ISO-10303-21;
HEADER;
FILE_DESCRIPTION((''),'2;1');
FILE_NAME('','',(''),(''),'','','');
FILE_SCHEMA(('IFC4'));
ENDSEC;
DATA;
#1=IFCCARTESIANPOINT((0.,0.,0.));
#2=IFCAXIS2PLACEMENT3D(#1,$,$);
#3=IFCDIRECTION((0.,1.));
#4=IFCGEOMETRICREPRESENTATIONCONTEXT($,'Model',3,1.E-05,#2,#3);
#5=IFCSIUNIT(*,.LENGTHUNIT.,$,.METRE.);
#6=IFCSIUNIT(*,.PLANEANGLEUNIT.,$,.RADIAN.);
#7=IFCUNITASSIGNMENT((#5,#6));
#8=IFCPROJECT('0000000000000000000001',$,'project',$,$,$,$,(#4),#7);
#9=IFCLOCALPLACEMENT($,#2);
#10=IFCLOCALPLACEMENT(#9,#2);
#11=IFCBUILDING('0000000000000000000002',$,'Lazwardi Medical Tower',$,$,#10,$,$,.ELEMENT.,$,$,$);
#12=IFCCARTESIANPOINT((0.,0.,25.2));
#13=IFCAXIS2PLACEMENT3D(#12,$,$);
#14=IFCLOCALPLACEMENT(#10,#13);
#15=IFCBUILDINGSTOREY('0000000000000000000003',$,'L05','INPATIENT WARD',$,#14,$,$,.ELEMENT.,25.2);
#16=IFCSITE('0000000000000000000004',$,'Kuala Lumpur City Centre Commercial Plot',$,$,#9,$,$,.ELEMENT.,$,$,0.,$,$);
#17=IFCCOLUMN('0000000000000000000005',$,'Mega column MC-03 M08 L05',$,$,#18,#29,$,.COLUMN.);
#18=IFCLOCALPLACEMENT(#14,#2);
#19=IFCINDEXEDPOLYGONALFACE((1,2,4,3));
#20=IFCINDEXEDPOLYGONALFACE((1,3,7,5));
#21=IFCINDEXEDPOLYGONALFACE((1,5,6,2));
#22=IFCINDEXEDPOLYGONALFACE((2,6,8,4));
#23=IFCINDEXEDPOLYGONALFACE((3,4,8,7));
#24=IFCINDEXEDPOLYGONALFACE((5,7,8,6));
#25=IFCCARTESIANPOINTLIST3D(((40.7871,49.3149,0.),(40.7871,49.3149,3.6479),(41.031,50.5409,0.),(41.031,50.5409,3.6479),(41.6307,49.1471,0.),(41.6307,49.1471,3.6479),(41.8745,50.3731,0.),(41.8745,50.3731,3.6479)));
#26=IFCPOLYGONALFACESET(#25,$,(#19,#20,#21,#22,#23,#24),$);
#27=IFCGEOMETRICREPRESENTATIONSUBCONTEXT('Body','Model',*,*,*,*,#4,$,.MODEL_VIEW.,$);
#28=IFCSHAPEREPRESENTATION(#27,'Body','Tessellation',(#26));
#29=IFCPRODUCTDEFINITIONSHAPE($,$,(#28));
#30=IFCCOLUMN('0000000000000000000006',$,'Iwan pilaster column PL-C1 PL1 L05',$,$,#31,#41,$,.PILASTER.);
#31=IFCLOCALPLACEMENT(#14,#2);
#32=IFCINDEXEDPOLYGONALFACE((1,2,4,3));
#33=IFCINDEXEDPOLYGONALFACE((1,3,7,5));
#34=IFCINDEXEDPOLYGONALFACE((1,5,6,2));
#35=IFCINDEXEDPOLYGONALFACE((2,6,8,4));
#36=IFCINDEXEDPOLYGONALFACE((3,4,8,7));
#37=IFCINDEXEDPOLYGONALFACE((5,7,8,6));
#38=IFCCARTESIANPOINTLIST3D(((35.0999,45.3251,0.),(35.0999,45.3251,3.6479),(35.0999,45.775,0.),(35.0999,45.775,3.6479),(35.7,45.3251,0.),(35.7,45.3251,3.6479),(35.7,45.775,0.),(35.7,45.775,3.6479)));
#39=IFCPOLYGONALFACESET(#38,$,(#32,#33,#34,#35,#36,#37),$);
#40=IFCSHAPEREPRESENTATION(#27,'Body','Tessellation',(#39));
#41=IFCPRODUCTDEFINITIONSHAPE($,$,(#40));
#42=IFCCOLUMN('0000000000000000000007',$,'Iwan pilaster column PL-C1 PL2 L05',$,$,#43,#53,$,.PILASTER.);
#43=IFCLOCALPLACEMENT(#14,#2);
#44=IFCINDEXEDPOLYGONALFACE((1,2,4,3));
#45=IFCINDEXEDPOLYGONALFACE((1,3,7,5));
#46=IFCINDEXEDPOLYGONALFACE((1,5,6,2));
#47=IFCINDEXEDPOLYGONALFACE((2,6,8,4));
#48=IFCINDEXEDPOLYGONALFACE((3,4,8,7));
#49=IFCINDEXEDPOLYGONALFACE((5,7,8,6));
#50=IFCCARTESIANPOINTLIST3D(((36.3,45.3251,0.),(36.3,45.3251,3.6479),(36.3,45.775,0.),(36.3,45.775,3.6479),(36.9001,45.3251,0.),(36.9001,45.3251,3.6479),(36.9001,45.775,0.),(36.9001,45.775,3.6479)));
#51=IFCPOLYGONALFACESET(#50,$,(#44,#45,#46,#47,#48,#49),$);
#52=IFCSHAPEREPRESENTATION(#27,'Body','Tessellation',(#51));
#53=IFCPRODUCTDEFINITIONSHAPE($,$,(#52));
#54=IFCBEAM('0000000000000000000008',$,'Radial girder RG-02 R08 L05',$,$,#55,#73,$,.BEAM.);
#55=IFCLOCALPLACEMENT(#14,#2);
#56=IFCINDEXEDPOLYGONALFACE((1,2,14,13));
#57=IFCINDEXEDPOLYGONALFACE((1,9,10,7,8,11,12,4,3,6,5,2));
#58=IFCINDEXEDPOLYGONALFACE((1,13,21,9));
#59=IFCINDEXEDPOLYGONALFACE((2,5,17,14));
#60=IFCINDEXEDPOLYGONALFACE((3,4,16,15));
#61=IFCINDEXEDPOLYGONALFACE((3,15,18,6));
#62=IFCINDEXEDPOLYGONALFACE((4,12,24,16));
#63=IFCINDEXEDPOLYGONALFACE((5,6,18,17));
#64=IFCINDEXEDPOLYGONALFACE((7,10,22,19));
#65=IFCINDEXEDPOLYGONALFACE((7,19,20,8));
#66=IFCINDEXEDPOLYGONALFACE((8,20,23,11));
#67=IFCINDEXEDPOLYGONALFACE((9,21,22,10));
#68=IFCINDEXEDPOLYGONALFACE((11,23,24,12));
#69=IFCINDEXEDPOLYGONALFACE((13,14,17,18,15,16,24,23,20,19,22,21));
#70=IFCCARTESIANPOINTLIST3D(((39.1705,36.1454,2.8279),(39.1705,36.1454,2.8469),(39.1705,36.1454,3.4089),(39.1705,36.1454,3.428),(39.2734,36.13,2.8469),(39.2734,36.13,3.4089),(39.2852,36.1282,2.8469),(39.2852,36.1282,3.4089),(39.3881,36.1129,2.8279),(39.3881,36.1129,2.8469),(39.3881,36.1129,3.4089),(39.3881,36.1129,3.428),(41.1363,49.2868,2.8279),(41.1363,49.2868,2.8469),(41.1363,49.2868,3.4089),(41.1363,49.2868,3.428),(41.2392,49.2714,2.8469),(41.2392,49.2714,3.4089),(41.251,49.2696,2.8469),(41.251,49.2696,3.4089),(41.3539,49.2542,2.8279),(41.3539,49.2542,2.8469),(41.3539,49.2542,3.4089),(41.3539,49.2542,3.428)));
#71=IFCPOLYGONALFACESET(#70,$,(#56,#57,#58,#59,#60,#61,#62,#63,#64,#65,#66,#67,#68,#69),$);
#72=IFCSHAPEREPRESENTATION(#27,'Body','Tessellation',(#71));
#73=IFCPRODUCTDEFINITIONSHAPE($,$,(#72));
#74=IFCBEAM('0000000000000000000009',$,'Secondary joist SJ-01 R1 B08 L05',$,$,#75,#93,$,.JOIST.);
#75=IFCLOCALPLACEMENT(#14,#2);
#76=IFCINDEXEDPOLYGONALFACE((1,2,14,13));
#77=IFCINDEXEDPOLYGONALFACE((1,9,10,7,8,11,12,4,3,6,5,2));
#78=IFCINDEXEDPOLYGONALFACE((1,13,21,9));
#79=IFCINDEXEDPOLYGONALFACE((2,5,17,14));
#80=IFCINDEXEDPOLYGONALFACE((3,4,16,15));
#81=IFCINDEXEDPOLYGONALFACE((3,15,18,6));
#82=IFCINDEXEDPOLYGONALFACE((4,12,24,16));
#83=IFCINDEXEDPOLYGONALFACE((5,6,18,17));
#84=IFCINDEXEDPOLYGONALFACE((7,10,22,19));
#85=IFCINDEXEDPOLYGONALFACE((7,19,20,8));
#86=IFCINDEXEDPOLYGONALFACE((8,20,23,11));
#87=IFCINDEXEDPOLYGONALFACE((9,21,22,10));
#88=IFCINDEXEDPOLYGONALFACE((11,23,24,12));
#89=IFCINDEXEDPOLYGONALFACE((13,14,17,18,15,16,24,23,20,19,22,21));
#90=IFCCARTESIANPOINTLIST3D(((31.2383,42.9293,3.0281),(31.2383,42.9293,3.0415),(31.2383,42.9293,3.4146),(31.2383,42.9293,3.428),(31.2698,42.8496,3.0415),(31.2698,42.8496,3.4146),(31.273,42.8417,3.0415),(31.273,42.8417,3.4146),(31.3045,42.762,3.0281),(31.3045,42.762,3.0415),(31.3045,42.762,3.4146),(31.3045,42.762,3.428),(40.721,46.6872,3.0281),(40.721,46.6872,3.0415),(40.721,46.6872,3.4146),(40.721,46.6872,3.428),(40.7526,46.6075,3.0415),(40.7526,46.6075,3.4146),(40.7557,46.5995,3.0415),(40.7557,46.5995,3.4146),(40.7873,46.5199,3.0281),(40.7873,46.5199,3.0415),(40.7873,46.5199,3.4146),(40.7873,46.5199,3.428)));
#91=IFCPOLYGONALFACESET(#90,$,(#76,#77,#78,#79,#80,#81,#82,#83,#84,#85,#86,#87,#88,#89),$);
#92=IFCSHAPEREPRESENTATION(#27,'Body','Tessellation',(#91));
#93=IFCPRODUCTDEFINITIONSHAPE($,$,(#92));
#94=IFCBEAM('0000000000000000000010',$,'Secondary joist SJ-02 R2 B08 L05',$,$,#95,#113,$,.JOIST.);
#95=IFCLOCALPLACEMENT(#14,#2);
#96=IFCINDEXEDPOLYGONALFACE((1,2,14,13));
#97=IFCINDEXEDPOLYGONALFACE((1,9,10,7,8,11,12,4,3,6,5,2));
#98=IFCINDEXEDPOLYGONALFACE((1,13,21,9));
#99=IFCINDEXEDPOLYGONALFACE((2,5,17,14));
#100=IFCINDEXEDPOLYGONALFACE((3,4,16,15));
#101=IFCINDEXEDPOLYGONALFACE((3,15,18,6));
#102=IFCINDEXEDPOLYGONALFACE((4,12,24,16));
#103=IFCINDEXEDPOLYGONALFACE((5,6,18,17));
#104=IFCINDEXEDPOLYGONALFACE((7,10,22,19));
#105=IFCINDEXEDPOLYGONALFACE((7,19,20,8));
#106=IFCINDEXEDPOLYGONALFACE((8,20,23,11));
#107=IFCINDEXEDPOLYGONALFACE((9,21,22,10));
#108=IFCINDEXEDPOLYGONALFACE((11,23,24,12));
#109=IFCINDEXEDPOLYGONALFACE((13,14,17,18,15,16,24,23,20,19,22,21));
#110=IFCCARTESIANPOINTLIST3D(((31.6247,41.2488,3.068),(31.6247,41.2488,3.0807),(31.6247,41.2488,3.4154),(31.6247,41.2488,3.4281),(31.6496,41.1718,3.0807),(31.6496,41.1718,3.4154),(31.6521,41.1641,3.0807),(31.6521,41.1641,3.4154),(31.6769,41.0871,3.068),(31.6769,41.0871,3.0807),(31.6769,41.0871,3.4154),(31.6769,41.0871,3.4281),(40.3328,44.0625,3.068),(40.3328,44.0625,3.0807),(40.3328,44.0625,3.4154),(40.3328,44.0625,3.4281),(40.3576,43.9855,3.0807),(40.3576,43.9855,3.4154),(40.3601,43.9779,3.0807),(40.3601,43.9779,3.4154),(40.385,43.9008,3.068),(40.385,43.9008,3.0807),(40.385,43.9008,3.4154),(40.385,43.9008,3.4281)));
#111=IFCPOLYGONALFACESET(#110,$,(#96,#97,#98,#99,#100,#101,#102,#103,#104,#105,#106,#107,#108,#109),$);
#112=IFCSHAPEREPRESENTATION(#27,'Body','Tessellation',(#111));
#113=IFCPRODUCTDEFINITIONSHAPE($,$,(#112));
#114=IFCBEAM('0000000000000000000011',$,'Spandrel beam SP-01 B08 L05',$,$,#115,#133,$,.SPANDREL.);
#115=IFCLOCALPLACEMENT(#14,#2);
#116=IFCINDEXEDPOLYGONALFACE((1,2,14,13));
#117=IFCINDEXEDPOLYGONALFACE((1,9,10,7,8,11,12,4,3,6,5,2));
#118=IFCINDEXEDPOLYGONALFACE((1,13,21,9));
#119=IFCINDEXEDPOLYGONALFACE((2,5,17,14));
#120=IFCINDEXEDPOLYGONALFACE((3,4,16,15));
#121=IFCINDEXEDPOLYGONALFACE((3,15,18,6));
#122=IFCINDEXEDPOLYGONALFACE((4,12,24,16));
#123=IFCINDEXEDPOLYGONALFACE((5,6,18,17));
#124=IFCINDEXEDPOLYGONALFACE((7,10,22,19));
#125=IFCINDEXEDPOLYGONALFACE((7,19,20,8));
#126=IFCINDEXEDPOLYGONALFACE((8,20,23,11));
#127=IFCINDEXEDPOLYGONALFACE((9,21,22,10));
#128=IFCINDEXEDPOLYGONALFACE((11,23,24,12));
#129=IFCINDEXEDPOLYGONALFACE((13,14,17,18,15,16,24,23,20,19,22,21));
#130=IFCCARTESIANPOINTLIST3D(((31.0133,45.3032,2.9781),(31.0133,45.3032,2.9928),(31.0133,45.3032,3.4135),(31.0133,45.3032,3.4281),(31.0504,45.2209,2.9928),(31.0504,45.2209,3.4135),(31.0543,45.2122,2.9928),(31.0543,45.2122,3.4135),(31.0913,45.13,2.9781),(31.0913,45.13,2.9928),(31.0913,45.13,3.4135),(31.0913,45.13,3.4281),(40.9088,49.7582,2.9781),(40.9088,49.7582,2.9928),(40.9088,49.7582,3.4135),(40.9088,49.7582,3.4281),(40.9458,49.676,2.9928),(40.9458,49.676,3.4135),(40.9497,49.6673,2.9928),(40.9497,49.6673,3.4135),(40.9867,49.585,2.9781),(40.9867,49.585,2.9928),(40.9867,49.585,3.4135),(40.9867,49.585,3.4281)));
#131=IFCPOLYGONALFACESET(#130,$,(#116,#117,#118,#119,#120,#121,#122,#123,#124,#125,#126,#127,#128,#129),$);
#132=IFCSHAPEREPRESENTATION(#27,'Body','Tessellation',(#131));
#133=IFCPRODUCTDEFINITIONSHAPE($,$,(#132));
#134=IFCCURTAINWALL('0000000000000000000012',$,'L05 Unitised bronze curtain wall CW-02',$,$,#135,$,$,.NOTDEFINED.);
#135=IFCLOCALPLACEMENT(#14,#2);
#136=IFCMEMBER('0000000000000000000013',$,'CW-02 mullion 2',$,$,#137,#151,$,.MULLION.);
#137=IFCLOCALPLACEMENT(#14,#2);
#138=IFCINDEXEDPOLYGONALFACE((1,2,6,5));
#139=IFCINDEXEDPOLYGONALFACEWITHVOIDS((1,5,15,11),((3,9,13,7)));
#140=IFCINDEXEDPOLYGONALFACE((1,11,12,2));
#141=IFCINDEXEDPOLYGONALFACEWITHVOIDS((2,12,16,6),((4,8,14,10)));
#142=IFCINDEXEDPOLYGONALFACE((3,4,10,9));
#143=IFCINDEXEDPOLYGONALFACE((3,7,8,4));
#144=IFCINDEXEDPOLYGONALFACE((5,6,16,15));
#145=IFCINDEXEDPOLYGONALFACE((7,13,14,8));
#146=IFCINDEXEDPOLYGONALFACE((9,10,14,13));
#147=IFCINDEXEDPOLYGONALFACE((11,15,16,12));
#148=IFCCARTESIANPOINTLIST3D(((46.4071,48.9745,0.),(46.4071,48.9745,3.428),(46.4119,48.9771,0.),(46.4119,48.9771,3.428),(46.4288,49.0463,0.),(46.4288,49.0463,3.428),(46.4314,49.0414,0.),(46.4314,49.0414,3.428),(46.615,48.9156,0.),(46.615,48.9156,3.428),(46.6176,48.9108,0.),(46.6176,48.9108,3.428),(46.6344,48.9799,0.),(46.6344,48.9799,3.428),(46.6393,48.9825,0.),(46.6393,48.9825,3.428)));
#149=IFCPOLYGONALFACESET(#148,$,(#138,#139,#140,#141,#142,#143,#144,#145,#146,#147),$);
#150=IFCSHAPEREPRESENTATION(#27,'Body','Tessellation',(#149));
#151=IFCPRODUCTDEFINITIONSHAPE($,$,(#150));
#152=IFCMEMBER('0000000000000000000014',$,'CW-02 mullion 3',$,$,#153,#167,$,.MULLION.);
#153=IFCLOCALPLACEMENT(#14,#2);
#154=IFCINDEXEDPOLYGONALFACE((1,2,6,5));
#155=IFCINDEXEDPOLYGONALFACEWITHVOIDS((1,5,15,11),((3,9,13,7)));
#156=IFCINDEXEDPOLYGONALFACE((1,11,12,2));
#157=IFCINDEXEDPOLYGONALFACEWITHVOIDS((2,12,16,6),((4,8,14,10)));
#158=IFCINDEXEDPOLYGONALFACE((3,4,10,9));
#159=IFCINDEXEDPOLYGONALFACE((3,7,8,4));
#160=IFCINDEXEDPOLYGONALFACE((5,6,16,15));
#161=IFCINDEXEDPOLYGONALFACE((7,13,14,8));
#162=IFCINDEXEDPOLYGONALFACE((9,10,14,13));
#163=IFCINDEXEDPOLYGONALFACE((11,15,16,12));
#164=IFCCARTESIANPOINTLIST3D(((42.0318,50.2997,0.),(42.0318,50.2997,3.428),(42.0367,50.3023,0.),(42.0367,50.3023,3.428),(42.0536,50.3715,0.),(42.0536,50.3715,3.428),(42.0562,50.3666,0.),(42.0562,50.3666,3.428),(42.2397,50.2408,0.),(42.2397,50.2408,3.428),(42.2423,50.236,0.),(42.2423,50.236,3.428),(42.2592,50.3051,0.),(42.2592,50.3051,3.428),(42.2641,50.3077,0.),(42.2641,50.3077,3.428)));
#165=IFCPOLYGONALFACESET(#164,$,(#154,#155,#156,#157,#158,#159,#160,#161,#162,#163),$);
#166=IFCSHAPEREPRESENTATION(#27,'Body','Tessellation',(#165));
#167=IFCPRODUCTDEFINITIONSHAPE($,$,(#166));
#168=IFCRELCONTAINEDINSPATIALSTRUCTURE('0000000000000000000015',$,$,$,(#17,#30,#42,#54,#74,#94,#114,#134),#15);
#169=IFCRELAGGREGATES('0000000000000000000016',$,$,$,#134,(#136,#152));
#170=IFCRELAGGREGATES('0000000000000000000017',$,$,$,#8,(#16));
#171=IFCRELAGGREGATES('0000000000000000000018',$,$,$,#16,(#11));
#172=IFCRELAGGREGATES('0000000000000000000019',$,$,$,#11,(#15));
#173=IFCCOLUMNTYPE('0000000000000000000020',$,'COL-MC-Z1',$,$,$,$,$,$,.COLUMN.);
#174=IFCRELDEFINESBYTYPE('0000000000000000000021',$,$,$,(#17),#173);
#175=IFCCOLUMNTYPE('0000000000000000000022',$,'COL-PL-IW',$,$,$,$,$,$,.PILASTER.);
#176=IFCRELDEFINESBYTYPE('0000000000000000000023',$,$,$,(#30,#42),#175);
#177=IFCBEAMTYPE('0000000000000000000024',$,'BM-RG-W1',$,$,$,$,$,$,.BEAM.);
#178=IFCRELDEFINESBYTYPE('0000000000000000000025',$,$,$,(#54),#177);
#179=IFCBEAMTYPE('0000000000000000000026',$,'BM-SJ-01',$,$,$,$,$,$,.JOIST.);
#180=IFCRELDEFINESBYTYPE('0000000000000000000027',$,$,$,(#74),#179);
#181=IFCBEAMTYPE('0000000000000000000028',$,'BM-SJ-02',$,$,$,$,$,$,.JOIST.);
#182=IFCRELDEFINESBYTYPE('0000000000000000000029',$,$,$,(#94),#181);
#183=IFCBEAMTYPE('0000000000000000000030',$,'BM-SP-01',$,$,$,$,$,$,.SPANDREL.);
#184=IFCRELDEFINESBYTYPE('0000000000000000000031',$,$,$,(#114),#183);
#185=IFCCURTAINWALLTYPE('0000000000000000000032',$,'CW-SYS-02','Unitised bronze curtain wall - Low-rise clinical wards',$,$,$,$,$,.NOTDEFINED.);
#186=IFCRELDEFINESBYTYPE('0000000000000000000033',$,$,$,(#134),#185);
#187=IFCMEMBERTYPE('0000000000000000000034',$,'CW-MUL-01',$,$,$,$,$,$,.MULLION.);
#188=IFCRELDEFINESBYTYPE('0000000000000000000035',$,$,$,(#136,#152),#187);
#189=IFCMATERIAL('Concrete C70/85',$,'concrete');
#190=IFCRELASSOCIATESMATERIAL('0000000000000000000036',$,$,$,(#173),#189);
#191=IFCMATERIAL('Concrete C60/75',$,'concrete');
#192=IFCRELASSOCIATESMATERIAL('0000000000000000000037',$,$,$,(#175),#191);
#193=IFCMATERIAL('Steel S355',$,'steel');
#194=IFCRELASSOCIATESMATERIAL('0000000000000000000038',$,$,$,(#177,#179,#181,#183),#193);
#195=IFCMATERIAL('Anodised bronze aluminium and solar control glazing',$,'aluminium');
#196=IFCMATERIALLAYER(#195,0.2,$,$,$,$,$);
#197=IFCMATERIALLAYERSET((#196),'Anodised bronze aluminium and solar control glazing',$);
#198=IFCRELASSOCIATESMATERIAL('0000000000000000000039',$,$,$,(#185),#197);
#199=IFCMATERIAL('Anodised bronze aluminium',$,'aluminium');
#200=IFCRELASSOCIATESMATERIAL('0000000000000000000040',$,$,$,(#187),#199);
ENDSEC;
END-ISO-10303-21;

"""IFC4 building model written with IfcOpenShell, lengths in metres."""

from ifc_helpers import new_model, si_unit, direction, frame, origin, origin_2d, place, context, subcontext, project, spatial, rectangle, hollow_rectangle, i_section, extrude, material, layer, layer_set, material_profile, profile_set, type_object, element, aggregate, save


model = new_model("IFC4")

# Units and contexts
model_context = context("Model", 3, precision=1e-05, world=origin(), true_north=direction((0.0, 1.0)))
body_context = subcontext(model_context, "Body", "Model", "MODEL_VIEW")
ifc_project = project(units=[si_unit("LENGTHUNIT", "METRE"), si_unit("PLANEANGLEUNIT", "RADIAN")], contexts=[model_context])

# Site, building, storey
site_placement = place(None, origin())
site = spatial("IfcSite", under=ifc_project, at=site_placement, Name="Kuala Lumpur City Centre Commercial Plot", CompositionType="ELEMENT", RefElevation=0.0)
building_placement = place(site_placement, origin())
building = spatial("IfcBuilding", under=site, at=building_placement, Name="Lazwardi Medical Tower", CompositionType="ELEMENT")
storey_placement = place(building_placement, frame((0.0, 0.0, 25.2)))
storey = spatial("IfcBuildingStorey", under=building, at=storey_placement, Name="L05", Description="INPATIENT WARD", CompositionType="ELEMENT", Elevation=25.2)

# Columns
ifc_material_1 = material(Name="Concrete C70/85", Category="concrete")
ifc_material_profile_1 = material_profile(ifc_material_1, rectangle(XDim=1.25, YDim=0.8601, at=origin_2d()), Name="CFT-RECT 1250x860")
ifc_profile_set_1 = profile_set([ifc_material_profile_1], Name="Concrete C70/85")
column_type_1 = type_object("IfcColumnType", Name="COL-MC-Z1", PredefinedType="COLUMN", material=ifc_profile_set_1)
column_placement = place(storey_placement, frame((41.3308, 49.844, 0.0), z_axis=(0.0, 0.0, 1.0), x_axis=(0.19509, 0.980785, 0.0)))
element("IfcColumn", 1, at=column_placement, inside=storey, type_object=column_type_1, Name="Mega column MC-03 M08 L05", PredefinedType="COLUMN", context=body_context, shape_type="SweptSolid", body=[
    extrude(rectangle(XDim=1.25, YDim=0.8601, at=origin_2d()), origin(), (0.0, 0.0, 1.0), 3.6479),
])
ifc_material_2 = material(Name="Concrete C60/75", Category="concrete")
ifc_material_profile_2 = material_profile(ifc_material_2, rectangle(XDim=0.6001, YDim=0.45, at=origin_2d()), Name="RC 600x450")
ifc_profile_set_2 = profile_set([ifc_material_profile_2], Name="Concrete C60/75")
column_type_2 = type_object("IfcColumnType", Name="COL-PL-IW", PredefinedType="PILASTER", material=ifc_profile_set_2)
for number, where, z_axis, x_axis, name in (
    (2, (35.3999, 45.55, 0.0), (0.0, 0.0, 1.0), (1.0, 0.0, 0.0), "Iwan pilaster column PL-C1 PL1 L05"),
    (3, (36.6001, 45.55, 0.0), (0.0, 0.0, 1.0), (1.0, 0.0, 0.0), "Iwan pilaster column PL-C1 PL2 L05"),
):
    element("IfcColumn", number, at=place(storey_placement, frame(where, z_axis=z_axis, x_axis=x_axis)), inside=storey, type_object=column_type_2, Name=name, PredefinedType="PILASTER", context=body_context, shape_type="SweptSolid", body=[
        extrude(rectangle(XDim=0.6001, YDim=0.45, at=origin_2d()), origin(), (0.0, 0.0, 1.0), 3.6479),
    ])

# Beams
ifc_material_3 = material(Name="Steel S355", Category="steel")
ifc_material_profile_3 = material_profile(ifc_material_3, i_section(OverallWidth=0.22, OverallDepth=0.6001, WebThickness=0.012, FlangeThickness=0.019, at=origin_2d()), Name="IPE 600")
ifc_profile_set_3 = profile_set([ifc_material_profile_3], Name="Steel S355")
beam_type_1 = type_object("IfcBeamType", Name="BM-RG-W1", PredefinedType="BEAM", material=ifc_profile_set_3)
beam_1_placement = place(storey_placement, frame((41.2451, 49.2705, 3.1279), z_axis=(-0.147944, -0.988996, 0.0), x_axis=(0.988996, -0.147944, 0.0)))
element("IfcBeam", 4, at=beam_1_placement, inside=storey, type_object=beam_type_1, Name="Radial girder RG-02 R08 L05", PredefinedType="BEAM", context=body_context, shape_type="SweptSolid", body=[
    extrude(i_section(OverallWidth=0.22, OverallDepth=0.6001, WebThickness=0.012, FlangeThickness=0.019, at=origin_2d()), origin(), (0.0, 0.0, 1.0), 13.2876),
])
ifc_material_profile_4 = material_profile(ifc_material_3, i_section(OverallWidth=0.1799, OverallDepth=0.3999, WebThickness=0.0085, FlangeThickness=0.0134, at=origin_2d()), Name="IPE 400")
ifc_profile_set_4 = profile_set([ifc_material_profile_4], Name="Steel S355")
beam_type_2 = type_object("IfcBeamType", Name="BM-SJ-01", PredefinedType="JOIST", material=ifc_profile_set_4)
beam_2_placement = place(storey_placement, frame((40.7542, 46.6035, 3.228), z_axis=(-0.929664, -0.368409, 0.0), x_axis=(0.368409, -0.929664, 0.0)))
element("IfcBeam", 5, at=beam_2_placement, inside=storey, type_object=beam_type_2, Name="Secondary joist SJ-01 R1 B08 L05", PredefinedType="JOIST", context=body_context, shape_type="SweptSolid", body=[
    extrude(i_section(OverallWidth=0.1799, OverallDepth=0.3999, WebThickness=0.0085, FlangeThickness=0.0134, at=origin_2d()), origin(), (0.0, 0.0, 1.0), 10.2002),
])
ifc_material_profile_5 = material_profile(ifc_material_3, i_section(OverallWidth=0.1699, OverallDepth=0.3601, WebThickness=0.0081, FlangeThickness=0.0127, at=origin_2d()), Name="IPE 360")
ifc_profile_set_5 = profile_set([ifc_material_profile_5], Name="Steel S355")
beam_type_3 = type_object("IfcBeamType", Name="BM-SJ-02", PredefinedType="JOIST", material=ifc_profile_set_5)
beam_3_placement = place(storey_placement, frame((40.3589, 43.9817, 3.248), z_axis=(-0.951559, -0.307467, 0.0), x_axis=(0.307467, -0.951559, 0.0)))
element("IfcBeam", 6, at=beam_3_placement, inside=storey, type_object=beam_type_3, Name="Secondary joist SJ-02 R2 B08 L05", PredefinedType="JOIST", context=body_context, shape_type="SweptSolid", body=[
    extrude(i_section(OverallWidth=0.1699, OverallDepth=0.3601, WebThickness=0.0081, FlangeThickness=0.0127, at=origin_2d()), origin(), (0.0, 0.0, 1.0), 9.1514),
])
ifc_material_profile_6 = material_profile(ifc_material_3, i_section(OverallWidth=0.1899, OverallDepth=0.45, WebThickness=0.0095, FlangeThickness=0.0146, at=origin_2d()), Name="IPE 450")
ifc_profile_set_6 = profile_set([ifc_material_profile_6], Name="Steel S355")
beam_type_4 = type_object("IfcBeamType", Name="BM-SP-01", PredefinedType="SPANDREL", material=ifc_profile_set_6)
beam_4_placement = place(storey_placement, frame((40.9478, 49.6716, 3.2031), z_axis=(-0.911849, -0.410526, 0.0), x_axis=(0.410526, -0.911849, 0.0)))
element("IfcBeam", 7, at=beam_4_placement, inside=storey, type_object=beam_type_4, Name="Spandrel beam SP-01 B08 L05", PredefinedType="SPANDREL", context=body_context, shape_type="SweptSolid", body=[
    extrude(i_section(OverallWidth=0.1899, OverallDepth=0.45, WebThickness=0.0095, FlangeThickness=0.0146, at=origin_2d()), origin(), (0.0, 0.0, 1.0), 10.8521),
])

# Curtain wall, members
ifc_material_4 = material(Name="Anodised bronze aluminium and solar control glazing", Category="aluminium")
ifc_layer_1 = layer(ifc_material_4, 0.2)
ifc_layer_set_1 = layer_set([ifc_layer_1], Name="Anodised bronze aluminium and solar control glazing")
curtain_wall_type = type_object("IfcCurtainWallType", Name="CW-SYS-02", Description="Unitised bronze curtain wall - Low-rise clinical wards", PredefinedType="NOTDEFINED", material=ifc_layer_set_1)
curtain_wall_placement = place(storey_placement, origin())
curtain_wall = element("IfcCurtainWall", 8, at=curtain_wall_placement, inside=storey, type_object=curtain_wall_type, Name="L05 Unitised bronze curtain wall CW-02", PredefinedType="NOTDEFINED")
ifc_material_5 = material(Name="Anodised bronze aluminium", Category="aluminium")
ifc_material_profile_7 = material_profile(ifc_material_5, hollow_rectangle(XDim=0.075, YDim=0.22, WallThickness=0.0039, at=origin_2d()), Name="ALU-MULLION 220x75x4")
ifc_profile_set_7 = profile_set([ifc_material_profile_7], Name="Anodised bronze aluminium")
member_type_1 = type_object("IfcMemberType", Name="CW-MUL-01", PredefinedType="MULLION", material=ifc_profile_set_7)
member_1_placement = place(storey_placement, frame((46.5232, 48.9785, 0.0), z_axis=(0.0, 0.0, 1.0), x_axis=(-0.289896, -0.957058, 0.0)))
member_1 = element("IfcMember", 9, at=member_1_placement, type_object=member_type_1, Name="CW-02 mullion 2", PredefinedType="MULLION", context=body_context, shape_type="SweptSolid", body=[
    extrude(hollow_rectangle(XDim=0.075, YDim=0.22, WallThickness=0.0039, at=origin_2d()), origin(), (0.0, 0.0, 1.0), 3.428),
])
member_2_placement = place(storey_placement, frame((42.1479, 50.3037, 0.0), z_axis=(0.0, 0.0, 1.0), x_axis=(-0.289896, -0.957058, 0.0)))
member_2 = element("IfcMember", 10, at=member_2_placement, type_object=member_type_1, Name="CW-02 mullion 3", PredefinedType="MULLION", context=body_context, shape_type="SweptSolid", body=[
    extrude(hollow_rectangle(XDim=0.075, YDim=0.22, WallThickness=0.0039, at=origin_2d()), origin(), (0.0, 0.0, 1.0), 3.428),
])
aggregate(curtain_wall, [member_1, member_2])

save(model, "model.ifc")
